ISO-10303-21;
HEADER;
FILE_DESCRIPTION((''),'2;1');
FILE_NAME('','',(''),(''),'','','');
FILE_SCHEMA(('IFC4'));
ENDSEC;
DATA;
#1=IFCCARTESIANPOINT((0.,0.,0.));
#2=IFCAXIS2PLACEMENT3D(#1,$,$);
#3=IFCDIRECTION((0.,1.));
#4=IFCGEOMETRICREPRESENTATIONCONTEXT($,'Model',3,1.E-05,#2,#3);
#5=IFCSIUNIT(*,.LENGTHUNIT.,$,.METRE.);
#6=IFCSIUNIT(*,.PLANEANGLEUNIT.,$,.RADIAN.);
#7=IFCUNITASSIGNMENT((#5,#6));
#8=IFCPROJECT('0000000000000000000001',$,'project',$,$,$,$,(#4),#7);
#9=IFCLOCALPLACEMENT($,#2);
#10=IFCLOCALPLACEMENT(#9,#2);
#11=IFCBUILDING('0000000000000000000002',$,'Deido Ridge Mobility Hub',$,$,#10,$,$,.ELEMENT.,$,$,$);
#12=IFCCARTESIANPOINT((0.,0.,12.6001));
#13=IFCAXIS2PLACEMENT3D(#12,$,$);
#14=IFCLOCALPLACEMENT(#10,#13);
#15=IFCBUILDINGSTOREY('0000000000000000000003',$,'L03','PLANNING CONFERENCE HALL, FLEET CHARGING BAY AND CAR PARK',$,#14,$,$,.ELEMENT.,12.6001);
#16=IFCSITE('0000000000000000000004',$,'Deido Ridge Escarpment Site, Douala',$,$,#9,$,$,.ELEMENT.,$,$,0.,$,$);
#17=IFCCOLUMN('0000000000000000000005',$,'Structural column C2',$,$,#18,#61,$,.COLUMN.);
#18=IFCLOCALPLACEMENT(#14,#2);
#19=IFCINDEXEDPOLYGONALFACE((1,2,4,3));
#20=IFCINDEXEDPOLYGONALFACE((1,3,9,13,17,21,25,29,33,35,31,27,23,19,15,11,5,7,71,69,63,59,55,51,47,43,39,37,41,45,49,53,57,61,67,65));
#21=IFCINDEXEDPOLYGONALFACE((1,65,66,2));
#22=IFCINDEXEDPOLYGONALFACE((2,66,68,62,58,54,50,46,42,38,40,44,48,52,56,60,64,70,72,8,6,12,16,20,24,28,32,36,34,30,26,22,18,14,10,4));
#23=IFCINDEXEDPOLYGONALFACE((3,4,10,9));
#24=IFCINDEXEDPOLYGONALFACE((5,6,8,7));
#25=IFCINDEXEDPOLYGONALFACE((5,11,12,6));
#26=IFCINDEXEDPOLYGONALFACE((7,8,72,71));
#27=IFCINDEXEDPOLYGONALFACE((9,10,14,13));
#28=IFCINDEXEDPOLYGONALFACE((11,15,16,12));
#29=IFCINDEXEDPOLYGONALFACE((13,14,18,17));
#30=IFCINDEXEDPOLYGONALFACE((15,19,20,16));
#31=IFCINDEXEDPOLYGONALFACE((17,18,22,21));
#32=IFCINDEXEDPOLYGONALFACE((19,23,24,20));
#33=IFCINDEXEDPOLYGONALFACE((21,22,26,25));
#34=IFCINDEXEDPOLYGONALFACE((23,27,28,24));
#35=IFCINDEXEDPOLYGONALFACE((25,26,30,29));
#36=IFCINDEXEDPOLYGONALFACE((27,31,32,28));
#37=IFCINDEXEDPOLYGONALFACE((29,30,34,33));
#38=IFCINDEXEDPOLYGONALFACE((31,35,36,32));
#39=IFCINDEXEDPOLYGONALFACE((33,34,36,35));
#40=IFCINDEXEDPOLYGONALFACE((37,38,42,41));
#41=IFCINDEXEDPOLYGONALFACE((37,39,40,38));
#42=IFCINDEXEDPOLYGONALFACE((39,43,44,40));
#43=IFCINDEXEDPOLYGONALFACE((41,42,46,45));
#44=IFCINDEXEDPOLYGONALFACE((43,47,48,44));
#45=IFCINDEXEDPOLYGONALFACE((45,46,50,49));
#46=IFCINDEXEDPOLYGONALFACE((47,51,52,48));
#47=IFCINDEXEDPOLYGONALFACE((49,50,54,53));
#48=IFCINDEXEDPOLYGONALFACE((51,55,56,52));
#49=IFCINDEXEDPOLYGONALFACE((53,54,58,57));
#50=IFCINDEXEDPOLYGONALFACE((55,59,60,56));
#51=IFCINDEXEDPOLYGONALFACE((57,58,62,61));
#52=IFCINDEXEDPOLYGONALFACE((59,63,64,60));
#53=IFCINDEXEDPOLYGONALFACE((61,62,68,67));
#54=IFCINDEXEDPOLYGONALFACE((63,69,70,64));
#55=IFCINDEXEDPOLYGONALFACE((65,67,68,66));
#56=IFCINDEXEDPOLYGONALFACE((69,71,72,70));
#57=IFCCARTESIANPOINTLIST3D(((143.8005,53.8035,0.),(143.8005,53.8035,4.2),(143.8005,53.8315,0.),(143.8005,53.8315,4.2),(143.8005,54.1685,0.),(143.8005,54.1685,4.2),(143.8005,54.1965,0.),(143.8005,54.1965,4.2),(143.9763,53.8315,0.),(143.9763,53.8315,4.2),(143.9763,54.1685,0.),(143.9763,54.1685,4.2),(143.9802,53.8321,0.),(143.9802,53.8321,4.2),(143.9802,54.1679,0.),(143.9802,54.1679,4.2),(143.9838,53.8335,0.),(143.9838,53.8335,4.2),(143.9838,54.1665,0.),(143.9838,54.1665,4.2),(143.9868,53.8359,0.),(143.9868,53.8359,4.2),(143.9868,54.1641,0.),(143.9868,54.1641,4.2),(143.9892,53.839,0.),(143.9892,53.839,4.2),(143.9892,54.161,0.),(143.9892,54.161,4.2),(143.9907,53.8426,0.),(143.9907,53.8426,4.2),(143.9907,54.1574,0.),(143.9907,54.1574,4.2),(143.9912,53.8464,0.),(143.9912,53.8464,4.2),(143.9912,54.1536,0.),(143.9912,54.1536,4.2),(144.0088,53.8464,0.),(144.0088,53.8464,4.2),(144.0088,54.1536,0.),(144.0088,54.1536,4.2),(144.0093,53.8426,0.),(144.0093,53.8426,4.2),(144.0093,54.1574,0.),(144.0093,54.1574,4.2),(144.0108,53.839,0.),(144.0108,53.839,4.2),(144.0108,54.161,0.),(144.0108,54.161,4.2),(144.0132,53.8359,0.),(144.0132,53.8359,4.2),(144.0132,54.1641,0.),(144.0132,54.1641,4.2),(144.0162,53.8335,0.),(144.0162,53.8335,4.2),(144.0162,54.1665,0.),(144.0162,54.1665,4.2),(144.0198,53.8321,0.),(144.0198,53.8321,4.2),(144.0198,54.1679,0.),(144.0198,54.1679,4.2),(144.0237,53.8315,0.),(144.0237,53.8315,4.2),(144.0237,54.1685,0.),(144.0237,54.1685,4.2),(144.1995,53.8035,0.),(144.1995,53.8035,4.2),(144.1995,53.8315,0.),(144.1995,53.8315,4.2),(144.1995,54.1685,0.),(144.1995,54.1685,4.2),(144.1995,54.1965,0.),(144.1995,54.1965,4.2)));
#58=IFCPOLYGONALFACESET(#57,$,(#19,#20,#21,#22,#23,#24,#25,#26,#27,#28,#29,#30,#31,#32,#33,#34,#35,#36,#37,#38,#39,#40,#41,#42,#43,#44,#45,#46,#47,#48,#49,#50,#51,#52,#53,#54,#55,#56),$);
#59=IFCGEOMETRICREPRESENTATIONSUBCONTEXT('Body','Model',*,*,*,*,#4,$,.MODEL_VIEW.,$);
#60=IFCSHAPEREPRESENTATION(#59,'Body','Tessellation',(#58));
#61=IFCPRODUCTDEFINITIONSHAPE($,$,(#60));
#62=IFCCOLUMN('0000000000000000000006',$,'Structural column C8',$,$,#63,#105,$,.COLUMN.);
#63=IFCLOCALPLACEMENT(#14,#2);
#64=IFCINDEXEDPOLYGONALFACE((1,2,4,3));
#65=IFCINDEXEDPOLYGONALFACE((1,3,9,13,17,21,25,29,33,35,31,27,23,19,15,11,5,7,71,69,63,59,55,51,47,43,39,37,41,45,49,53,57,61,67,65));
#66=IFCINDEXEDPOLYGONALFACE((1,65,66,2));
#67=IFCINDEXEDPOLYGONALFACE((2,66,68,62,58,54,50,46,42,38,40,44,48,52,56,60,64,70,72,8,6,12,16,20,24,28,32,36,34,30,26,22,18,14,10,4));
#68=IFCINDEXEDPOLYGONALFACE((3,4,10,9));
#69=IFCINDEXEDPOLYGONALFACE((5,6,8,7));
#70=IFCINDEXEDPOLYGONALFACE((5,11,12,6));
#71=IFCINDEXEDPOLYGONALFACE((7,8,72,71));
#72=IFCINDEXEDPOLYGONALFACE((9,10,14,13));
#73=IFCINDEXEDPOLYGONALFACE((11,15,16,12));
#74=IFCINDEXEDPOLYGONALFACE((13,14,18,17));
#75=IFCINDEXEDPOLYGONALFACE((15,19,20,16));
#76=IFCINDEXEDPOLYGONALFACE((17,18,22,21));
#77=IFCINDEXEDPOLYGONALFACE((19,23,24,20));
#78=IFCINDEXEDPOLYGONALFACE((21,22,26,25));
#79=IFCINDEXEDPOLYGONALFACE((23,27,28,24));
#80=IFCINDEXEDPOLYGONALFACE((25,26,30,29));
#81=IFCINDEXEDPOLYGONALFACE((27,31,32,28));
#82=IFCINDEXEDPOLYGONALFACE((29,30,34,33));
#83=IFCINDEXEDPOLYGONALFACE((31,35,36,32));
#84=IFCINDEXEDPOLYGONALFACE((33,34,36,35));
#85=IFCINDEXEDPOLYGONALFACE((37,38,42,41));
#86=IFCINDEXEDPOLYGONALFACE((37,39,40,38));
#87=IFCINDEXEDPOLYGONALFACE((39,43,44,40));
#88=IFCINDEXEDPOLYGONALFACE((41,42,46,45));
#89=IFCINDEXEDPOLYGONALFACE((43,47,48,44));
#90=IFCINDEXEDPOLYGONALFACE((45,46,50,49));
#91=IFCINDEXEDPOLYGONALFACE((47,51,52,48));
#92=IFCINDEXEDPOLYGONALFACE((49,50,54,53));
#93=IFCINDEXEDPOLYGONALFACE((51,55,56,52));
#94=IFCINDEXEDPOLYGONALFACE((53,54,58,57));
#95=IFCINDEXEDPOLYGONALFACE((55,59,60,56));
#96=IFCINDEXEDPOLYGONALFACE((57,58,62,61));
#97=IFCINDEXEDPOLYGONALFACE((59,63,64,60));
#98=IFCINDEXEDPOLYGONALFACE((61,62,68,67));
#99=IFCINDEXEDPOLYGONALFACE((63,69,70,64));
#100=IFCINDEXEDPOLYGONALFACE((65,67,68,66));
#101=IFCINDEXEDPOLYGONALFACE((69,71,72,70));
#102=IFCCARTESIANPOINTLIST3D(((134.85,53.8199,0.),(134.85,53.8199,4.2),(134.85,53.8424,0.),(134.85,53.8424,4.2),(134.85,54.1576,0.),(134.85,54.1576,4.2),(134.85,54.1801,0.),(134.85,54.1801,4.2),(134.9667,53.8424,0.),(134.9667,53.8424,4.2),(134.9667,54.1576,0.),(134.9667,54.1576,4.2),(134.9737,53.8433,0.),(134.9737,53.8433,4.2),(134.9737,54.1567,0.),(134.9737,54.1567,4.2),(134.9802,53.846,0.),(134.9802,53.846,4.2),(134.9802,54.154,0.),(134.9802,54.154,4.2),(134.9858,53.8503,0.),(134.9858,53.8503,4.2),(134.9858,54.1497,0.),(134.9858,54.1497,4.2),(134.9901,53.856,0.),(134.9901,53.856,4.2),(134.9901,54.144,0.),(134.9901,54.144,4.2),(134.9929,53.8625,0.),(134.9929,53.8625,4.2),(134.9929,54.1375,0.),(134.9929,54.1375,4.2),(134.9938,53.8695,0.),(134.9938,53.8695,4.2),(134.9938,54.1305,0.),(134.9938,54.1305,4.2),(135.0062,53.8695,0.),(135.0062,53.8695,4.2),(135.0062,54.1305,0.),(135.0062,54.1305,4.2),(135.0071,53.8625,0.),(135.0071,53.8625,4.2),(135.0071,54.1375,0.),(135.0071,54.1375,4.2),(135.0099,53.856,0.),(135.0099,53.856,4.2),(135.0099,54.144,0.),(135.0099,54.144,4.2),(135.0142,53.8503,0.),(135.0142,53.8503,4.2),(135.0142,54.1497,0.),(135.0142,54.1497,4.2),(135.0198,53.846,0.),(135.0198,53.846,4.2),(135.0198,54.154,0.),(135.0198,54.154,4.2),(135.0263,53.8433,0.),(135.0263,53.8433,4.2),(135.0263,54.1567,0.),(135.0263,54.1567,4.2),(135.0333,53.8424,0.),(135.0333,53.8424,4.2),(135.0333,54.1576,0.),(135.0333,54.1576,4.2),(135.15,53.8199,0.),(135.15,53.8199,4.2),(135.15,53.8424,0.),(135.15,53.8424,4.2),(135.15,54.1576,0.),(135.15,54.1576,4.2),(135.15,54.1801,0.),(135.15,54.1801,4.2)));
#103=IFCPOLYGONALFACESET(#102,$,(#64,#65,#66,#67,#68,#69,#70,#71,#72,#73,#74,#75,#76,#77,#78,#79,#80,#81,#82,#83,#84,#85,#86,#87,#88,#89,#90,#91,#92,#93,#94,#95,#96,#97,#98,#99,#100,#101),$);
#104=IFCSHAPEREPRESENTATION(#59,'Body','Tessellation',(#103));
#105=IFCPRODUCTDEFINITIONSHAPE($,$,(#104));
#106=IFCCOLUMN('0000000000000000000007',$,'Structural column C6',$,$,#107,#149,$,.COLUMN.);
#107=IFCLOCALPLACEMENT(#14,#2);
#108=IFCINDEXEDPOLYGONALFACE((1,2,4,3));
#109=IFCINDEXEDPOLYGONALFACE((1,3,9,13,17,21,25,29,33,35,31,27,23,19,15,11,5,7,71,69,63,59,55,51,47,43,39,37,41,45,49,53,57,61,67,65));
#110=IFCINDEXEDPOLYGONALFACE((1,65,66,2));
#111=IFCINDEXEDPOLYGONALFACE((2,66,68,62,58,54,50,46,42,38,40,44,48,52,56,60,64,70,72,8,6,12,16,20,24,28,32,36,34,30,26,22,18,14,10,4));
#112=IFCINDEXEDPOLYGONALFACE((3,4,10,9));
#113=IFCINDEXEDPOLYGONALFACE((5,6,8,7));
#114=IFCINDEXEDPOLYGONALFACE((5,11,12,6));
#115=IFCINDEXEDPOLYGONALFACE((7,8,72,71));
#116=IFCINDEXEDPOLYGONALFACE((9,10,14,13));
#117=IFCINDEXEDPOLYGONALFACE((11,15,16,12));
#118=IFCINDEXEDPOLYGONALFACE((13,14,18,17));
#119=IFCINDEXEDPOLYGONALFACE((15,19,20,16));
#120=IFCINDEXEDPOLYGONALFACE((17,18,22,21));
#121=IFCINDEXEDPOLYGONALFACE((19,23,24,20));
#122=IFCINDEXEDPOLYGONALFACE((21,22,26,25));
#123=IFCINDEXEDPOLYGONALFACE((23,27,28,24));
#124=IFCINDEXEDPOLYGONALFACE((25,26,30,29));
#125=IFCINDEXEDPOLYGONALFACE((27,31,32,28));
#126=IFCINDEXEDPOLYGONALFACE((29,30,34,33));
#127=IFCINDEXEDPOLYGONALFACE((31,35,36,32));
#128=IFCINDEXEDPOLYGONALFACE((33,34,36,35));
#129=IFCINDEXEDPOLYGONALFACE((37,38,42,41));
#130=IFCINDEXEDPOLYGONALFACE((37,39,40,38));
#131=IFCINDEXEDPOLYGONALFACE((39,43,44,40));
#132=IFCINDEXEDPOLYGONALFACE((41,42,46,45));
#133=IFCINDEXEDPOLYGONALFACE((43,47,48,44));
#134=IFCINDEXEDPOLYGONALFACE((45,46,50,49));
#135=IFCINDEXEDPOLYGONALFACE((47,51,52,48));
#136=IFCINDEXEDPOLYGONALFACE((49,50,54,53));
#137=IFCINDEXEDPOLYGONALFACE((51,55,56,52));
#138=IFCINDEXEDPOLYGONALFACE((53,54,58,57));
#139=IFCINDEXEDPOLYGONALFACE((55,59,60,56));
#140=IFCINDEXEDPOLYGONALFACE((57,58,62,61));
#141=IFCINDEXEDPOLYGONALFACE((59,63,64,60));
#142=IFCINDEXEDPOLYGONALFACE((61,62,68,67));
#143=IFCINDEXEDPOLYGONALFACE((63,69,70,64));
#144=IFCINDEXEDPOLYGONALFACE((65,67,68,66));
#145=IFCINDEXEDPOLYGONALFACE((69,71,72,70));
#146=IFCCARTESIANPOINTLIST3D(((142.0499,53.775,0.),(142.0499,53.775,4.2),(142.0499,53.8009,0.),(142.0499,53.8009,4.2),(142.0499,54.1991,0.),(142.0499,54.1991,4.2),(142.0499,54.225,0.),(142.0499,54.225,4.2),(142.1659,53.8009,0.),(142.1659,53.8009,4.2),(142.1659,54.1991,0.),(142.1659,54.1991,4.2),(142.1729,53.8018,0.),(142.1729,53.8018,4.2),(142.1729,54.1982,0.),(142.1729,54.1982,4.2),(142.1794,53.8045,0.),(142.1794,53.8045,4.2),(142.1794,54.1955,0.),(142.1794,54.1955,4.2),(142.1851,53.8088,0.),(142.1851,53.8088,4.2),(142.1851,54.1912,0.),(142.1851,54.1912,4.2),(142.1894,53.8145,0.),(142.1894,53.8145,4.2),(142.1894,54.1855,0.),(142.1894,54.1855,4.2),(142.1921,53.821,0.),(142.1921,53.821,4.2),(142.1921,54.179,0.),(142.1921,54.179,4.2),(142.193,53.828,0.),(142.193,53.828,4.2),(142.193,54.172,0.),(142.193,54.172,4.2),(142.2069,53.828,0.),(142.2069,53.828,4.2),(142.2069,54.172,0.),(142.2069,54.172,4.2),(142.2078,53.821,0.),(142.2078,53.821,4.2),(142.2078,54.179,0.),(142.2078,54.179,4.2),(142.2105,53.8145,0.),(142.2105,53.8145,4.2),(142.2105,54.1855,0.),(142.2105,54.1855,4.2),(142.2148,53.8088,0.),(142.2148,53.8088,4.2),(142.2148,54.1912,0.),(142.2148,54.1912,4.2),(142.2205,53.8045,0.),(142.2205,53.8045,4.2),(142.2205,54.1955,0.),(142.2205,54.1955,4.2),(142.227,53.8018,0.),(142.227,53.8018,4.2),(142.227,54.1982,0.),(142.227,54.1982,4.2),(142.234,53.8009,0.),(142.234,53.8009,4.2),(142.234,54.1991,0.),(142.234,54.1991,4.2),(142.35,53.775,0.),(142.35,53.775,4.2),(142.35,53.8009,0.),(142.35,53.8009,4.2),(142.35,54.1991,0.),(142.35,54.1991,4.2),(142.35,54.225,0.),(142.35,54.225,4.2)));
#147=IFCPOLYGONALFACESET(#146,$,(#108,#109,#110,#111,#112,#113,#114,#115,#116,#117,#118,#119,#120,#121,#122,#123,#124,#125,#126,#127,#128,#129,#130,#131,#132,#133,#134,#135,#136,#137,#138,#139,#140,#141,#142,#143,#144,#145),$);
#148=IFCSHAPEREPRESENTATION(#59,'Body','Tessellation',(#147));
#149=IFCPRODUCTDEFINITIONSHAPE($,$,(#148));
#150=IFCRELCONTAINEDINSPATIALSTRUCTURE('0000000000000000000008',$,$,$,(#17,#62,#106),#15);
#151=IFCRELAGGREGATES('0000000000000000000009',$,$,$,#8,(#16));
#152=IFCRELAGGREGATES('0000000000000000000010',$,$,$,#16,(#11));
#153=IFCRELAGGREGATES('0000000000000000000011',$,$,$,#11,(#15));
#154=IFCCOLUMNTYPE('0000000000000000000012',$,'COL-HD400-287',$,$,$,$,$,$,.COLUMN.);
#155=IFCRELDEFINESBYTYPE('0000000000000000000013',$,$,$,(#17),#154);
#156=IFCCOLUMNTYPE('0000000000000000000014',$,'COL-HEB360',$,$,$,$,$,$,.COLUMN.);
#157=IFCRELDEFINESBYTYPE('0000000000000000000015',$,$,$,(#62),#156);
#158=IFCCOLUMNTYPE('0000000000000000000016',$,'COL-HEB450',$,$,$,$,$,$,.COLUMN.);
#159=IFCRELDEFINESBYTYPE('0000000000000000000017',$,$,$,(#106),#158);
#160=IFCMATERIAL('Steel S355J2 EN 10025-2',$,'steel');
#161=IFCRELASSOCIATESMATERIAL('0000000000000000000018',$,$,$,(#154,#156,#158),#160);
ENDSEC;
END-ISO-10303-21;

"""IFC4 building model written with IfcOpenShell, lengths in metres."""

from ifc_helpers import new_model, si_unit, direction, frame, origin, origin_2d, place, context, subcontext, project, spatial, i_section, extrude, material, material_profile, profile_set, type_object, element, save


model = new_model("IFC4")

# Units and contexts
model_context = context("Model", 3, precision=1e-05, world=origin(), true_north=direction((0.0, 1.0)))
body_context = subcontext(model_context, "Body", "Model", "MODEL_VIEW")
ifc_project = project(units=[si_unit("LENGTHUNIT", "METRE"), si_unit("PLANEANGLEUNIT", "RADIAN")], contexts=[model_context])

# Site, building, storey
site_placement = place(None, origin())
site = spatial("IfcSite", under=ifc_project, at=site_placement, Name="Deido Ridge Escarpment Site, Douala", CompositionType="ELEMENT", RefElevation=0.0)
building_placement = place(site_placement, origin())
building = spatial("IfcBuilding", under=site, at=building_placement, Name="Deido Ridge Mobility Hub", CompositionType="ELEMENT")
storey_placement = place(building_placement, frame((0.0, 0.0, 12.6001)))
storey = spatial("IfcBuildingStorey", under=building, at=storey_placement, Name="L03", Description="PLANNING CONFERENCE HALL, FLEET CHARGING BAY AND CAR PARK", CompositionType="ELEMENT", Elevation=12.6001)

# Columns
ifc_material_1 = material(Name="Steel S355J2 EN 10025-2", Category="steel")
ifc_material_profile_1 = material_profile(ifc_material_1, i_section(OverallWidth=0.3989, OverallDepth=0.3931, WebThickness=0.0176, FlangeThickness=0.0281, FilletRadius=0.0149, at=origin_2d()), Name="HD 400x287")
ifc_profile_set_1 = profile_set([ifc_material_profile_1], Name="Steel S355J2 EN 10025-2")
column_type_1 = type_object("IfcColumnType", Name="COL-HD400-287", PredefinedType="COLUMN", material=ifc_profile_set_1)
column_1_placement = place(storey_placement, frame((144.0, 54.0, 0.0), z_axis=(0.0, 0.0, 1.0), x_axis=(1.0, 0.0, 0.0)))
element("IfcColumn", 1, at=column_1_placement, inside=storey, type_object=column_type_1, Name="Structural column C2", PredefinedType="COLUMN", context=body_context, shape_type="SweptSolid", body=[
    extrude(i_section(OverallWidth=0.3989, OverallDepth=0.3931, WebThickness=0.0176, FlangeThickness=0.0281, FilletRadius=0.0149, at=origin_2d()), origin(), (0.0, 0.0, 1.0), 4.2),
])
ifc_material_profile_2 = material_profile(ifc_material_1, i_section(OverallWidth=0.3, OverallDepth=0.3601, WebThickness=0.0125, FlangeThickness=0.0225, FilletRadius=0.0271, at=origin_2d()), Name="HEB 360")
ifc_profile_set_2 = profile_set([ifc_material_profile_2], Name="Steel S355J2 EN 10025-2")
column_type_2 = type_object("IfcColumnType", Name="COL-HEB360", PredefinedType="COLUMN", material=ifc_profile_set_2)
column_2_placement = place(storey_placement, frame((135.0, 54.0, 0.0), z_axis=(0.0, 0.0, 1.0), x_axis=(1.0, 0.0, 0.0)))
element("IfcColumn", 2, at=column_2_placement, inside=storey, type_object=column_type_2, Name="Structural column C8", PredefinedType="COLUMN", context=body_context, shape_type="SweptSolid", body=[
    extrude(i_section(OverallWidth=0.3, OverallDepth=0.3601, WebThickness=0.0125, FlangeThickness=0.0225, FilletRadius=0.0271, at=origin_2d()), origin(), (0.0, 0.0, 1.0), 4.2),
])
ifc_material_profile_3 = material_profile(ifc_material_1, i_section(OverallWidth=0.3, OverallDepth=0.45, WebThickness=0.0139, FlangeThickness=0.0259, FilletRadius=0.0271, at=origin_2d()), Name="HEB 450")
ifc_profile_set_3 = profile_set([ifc_material_profile_3], Name="Steel S355J2 EN 10025-2")
column_type_3 = type_object("IfcColumnType", Name="COL-HEB450", PredefinedType="COLUMN", material=ifc_profile_set_3)
column_3_placement = place(storey_placement, frame((142.2, 54.0, 0.0), z_axis=(0.0, 0.0, 1.0), x_axis=(1.0, 0.0, 0.0)))
element("IfcColumn", 3, at=column_3_placement, inside=storey, type_object=column_type_3, Name="Structural column C6", PredefinedType="COLUMN", context=body_context, shape_type="SweptSolid", body=[
    extrude(i_section(OverallWidth=0.3, OverallDepth=0.45, WebThickness=0.0139, FlangeThickness=0.0259, FilletRadius=0.0271, at=origin_2d()), origin(), (0.0, 0.0, 1.0), 4.2),
])

save(model, "model.ifc")
